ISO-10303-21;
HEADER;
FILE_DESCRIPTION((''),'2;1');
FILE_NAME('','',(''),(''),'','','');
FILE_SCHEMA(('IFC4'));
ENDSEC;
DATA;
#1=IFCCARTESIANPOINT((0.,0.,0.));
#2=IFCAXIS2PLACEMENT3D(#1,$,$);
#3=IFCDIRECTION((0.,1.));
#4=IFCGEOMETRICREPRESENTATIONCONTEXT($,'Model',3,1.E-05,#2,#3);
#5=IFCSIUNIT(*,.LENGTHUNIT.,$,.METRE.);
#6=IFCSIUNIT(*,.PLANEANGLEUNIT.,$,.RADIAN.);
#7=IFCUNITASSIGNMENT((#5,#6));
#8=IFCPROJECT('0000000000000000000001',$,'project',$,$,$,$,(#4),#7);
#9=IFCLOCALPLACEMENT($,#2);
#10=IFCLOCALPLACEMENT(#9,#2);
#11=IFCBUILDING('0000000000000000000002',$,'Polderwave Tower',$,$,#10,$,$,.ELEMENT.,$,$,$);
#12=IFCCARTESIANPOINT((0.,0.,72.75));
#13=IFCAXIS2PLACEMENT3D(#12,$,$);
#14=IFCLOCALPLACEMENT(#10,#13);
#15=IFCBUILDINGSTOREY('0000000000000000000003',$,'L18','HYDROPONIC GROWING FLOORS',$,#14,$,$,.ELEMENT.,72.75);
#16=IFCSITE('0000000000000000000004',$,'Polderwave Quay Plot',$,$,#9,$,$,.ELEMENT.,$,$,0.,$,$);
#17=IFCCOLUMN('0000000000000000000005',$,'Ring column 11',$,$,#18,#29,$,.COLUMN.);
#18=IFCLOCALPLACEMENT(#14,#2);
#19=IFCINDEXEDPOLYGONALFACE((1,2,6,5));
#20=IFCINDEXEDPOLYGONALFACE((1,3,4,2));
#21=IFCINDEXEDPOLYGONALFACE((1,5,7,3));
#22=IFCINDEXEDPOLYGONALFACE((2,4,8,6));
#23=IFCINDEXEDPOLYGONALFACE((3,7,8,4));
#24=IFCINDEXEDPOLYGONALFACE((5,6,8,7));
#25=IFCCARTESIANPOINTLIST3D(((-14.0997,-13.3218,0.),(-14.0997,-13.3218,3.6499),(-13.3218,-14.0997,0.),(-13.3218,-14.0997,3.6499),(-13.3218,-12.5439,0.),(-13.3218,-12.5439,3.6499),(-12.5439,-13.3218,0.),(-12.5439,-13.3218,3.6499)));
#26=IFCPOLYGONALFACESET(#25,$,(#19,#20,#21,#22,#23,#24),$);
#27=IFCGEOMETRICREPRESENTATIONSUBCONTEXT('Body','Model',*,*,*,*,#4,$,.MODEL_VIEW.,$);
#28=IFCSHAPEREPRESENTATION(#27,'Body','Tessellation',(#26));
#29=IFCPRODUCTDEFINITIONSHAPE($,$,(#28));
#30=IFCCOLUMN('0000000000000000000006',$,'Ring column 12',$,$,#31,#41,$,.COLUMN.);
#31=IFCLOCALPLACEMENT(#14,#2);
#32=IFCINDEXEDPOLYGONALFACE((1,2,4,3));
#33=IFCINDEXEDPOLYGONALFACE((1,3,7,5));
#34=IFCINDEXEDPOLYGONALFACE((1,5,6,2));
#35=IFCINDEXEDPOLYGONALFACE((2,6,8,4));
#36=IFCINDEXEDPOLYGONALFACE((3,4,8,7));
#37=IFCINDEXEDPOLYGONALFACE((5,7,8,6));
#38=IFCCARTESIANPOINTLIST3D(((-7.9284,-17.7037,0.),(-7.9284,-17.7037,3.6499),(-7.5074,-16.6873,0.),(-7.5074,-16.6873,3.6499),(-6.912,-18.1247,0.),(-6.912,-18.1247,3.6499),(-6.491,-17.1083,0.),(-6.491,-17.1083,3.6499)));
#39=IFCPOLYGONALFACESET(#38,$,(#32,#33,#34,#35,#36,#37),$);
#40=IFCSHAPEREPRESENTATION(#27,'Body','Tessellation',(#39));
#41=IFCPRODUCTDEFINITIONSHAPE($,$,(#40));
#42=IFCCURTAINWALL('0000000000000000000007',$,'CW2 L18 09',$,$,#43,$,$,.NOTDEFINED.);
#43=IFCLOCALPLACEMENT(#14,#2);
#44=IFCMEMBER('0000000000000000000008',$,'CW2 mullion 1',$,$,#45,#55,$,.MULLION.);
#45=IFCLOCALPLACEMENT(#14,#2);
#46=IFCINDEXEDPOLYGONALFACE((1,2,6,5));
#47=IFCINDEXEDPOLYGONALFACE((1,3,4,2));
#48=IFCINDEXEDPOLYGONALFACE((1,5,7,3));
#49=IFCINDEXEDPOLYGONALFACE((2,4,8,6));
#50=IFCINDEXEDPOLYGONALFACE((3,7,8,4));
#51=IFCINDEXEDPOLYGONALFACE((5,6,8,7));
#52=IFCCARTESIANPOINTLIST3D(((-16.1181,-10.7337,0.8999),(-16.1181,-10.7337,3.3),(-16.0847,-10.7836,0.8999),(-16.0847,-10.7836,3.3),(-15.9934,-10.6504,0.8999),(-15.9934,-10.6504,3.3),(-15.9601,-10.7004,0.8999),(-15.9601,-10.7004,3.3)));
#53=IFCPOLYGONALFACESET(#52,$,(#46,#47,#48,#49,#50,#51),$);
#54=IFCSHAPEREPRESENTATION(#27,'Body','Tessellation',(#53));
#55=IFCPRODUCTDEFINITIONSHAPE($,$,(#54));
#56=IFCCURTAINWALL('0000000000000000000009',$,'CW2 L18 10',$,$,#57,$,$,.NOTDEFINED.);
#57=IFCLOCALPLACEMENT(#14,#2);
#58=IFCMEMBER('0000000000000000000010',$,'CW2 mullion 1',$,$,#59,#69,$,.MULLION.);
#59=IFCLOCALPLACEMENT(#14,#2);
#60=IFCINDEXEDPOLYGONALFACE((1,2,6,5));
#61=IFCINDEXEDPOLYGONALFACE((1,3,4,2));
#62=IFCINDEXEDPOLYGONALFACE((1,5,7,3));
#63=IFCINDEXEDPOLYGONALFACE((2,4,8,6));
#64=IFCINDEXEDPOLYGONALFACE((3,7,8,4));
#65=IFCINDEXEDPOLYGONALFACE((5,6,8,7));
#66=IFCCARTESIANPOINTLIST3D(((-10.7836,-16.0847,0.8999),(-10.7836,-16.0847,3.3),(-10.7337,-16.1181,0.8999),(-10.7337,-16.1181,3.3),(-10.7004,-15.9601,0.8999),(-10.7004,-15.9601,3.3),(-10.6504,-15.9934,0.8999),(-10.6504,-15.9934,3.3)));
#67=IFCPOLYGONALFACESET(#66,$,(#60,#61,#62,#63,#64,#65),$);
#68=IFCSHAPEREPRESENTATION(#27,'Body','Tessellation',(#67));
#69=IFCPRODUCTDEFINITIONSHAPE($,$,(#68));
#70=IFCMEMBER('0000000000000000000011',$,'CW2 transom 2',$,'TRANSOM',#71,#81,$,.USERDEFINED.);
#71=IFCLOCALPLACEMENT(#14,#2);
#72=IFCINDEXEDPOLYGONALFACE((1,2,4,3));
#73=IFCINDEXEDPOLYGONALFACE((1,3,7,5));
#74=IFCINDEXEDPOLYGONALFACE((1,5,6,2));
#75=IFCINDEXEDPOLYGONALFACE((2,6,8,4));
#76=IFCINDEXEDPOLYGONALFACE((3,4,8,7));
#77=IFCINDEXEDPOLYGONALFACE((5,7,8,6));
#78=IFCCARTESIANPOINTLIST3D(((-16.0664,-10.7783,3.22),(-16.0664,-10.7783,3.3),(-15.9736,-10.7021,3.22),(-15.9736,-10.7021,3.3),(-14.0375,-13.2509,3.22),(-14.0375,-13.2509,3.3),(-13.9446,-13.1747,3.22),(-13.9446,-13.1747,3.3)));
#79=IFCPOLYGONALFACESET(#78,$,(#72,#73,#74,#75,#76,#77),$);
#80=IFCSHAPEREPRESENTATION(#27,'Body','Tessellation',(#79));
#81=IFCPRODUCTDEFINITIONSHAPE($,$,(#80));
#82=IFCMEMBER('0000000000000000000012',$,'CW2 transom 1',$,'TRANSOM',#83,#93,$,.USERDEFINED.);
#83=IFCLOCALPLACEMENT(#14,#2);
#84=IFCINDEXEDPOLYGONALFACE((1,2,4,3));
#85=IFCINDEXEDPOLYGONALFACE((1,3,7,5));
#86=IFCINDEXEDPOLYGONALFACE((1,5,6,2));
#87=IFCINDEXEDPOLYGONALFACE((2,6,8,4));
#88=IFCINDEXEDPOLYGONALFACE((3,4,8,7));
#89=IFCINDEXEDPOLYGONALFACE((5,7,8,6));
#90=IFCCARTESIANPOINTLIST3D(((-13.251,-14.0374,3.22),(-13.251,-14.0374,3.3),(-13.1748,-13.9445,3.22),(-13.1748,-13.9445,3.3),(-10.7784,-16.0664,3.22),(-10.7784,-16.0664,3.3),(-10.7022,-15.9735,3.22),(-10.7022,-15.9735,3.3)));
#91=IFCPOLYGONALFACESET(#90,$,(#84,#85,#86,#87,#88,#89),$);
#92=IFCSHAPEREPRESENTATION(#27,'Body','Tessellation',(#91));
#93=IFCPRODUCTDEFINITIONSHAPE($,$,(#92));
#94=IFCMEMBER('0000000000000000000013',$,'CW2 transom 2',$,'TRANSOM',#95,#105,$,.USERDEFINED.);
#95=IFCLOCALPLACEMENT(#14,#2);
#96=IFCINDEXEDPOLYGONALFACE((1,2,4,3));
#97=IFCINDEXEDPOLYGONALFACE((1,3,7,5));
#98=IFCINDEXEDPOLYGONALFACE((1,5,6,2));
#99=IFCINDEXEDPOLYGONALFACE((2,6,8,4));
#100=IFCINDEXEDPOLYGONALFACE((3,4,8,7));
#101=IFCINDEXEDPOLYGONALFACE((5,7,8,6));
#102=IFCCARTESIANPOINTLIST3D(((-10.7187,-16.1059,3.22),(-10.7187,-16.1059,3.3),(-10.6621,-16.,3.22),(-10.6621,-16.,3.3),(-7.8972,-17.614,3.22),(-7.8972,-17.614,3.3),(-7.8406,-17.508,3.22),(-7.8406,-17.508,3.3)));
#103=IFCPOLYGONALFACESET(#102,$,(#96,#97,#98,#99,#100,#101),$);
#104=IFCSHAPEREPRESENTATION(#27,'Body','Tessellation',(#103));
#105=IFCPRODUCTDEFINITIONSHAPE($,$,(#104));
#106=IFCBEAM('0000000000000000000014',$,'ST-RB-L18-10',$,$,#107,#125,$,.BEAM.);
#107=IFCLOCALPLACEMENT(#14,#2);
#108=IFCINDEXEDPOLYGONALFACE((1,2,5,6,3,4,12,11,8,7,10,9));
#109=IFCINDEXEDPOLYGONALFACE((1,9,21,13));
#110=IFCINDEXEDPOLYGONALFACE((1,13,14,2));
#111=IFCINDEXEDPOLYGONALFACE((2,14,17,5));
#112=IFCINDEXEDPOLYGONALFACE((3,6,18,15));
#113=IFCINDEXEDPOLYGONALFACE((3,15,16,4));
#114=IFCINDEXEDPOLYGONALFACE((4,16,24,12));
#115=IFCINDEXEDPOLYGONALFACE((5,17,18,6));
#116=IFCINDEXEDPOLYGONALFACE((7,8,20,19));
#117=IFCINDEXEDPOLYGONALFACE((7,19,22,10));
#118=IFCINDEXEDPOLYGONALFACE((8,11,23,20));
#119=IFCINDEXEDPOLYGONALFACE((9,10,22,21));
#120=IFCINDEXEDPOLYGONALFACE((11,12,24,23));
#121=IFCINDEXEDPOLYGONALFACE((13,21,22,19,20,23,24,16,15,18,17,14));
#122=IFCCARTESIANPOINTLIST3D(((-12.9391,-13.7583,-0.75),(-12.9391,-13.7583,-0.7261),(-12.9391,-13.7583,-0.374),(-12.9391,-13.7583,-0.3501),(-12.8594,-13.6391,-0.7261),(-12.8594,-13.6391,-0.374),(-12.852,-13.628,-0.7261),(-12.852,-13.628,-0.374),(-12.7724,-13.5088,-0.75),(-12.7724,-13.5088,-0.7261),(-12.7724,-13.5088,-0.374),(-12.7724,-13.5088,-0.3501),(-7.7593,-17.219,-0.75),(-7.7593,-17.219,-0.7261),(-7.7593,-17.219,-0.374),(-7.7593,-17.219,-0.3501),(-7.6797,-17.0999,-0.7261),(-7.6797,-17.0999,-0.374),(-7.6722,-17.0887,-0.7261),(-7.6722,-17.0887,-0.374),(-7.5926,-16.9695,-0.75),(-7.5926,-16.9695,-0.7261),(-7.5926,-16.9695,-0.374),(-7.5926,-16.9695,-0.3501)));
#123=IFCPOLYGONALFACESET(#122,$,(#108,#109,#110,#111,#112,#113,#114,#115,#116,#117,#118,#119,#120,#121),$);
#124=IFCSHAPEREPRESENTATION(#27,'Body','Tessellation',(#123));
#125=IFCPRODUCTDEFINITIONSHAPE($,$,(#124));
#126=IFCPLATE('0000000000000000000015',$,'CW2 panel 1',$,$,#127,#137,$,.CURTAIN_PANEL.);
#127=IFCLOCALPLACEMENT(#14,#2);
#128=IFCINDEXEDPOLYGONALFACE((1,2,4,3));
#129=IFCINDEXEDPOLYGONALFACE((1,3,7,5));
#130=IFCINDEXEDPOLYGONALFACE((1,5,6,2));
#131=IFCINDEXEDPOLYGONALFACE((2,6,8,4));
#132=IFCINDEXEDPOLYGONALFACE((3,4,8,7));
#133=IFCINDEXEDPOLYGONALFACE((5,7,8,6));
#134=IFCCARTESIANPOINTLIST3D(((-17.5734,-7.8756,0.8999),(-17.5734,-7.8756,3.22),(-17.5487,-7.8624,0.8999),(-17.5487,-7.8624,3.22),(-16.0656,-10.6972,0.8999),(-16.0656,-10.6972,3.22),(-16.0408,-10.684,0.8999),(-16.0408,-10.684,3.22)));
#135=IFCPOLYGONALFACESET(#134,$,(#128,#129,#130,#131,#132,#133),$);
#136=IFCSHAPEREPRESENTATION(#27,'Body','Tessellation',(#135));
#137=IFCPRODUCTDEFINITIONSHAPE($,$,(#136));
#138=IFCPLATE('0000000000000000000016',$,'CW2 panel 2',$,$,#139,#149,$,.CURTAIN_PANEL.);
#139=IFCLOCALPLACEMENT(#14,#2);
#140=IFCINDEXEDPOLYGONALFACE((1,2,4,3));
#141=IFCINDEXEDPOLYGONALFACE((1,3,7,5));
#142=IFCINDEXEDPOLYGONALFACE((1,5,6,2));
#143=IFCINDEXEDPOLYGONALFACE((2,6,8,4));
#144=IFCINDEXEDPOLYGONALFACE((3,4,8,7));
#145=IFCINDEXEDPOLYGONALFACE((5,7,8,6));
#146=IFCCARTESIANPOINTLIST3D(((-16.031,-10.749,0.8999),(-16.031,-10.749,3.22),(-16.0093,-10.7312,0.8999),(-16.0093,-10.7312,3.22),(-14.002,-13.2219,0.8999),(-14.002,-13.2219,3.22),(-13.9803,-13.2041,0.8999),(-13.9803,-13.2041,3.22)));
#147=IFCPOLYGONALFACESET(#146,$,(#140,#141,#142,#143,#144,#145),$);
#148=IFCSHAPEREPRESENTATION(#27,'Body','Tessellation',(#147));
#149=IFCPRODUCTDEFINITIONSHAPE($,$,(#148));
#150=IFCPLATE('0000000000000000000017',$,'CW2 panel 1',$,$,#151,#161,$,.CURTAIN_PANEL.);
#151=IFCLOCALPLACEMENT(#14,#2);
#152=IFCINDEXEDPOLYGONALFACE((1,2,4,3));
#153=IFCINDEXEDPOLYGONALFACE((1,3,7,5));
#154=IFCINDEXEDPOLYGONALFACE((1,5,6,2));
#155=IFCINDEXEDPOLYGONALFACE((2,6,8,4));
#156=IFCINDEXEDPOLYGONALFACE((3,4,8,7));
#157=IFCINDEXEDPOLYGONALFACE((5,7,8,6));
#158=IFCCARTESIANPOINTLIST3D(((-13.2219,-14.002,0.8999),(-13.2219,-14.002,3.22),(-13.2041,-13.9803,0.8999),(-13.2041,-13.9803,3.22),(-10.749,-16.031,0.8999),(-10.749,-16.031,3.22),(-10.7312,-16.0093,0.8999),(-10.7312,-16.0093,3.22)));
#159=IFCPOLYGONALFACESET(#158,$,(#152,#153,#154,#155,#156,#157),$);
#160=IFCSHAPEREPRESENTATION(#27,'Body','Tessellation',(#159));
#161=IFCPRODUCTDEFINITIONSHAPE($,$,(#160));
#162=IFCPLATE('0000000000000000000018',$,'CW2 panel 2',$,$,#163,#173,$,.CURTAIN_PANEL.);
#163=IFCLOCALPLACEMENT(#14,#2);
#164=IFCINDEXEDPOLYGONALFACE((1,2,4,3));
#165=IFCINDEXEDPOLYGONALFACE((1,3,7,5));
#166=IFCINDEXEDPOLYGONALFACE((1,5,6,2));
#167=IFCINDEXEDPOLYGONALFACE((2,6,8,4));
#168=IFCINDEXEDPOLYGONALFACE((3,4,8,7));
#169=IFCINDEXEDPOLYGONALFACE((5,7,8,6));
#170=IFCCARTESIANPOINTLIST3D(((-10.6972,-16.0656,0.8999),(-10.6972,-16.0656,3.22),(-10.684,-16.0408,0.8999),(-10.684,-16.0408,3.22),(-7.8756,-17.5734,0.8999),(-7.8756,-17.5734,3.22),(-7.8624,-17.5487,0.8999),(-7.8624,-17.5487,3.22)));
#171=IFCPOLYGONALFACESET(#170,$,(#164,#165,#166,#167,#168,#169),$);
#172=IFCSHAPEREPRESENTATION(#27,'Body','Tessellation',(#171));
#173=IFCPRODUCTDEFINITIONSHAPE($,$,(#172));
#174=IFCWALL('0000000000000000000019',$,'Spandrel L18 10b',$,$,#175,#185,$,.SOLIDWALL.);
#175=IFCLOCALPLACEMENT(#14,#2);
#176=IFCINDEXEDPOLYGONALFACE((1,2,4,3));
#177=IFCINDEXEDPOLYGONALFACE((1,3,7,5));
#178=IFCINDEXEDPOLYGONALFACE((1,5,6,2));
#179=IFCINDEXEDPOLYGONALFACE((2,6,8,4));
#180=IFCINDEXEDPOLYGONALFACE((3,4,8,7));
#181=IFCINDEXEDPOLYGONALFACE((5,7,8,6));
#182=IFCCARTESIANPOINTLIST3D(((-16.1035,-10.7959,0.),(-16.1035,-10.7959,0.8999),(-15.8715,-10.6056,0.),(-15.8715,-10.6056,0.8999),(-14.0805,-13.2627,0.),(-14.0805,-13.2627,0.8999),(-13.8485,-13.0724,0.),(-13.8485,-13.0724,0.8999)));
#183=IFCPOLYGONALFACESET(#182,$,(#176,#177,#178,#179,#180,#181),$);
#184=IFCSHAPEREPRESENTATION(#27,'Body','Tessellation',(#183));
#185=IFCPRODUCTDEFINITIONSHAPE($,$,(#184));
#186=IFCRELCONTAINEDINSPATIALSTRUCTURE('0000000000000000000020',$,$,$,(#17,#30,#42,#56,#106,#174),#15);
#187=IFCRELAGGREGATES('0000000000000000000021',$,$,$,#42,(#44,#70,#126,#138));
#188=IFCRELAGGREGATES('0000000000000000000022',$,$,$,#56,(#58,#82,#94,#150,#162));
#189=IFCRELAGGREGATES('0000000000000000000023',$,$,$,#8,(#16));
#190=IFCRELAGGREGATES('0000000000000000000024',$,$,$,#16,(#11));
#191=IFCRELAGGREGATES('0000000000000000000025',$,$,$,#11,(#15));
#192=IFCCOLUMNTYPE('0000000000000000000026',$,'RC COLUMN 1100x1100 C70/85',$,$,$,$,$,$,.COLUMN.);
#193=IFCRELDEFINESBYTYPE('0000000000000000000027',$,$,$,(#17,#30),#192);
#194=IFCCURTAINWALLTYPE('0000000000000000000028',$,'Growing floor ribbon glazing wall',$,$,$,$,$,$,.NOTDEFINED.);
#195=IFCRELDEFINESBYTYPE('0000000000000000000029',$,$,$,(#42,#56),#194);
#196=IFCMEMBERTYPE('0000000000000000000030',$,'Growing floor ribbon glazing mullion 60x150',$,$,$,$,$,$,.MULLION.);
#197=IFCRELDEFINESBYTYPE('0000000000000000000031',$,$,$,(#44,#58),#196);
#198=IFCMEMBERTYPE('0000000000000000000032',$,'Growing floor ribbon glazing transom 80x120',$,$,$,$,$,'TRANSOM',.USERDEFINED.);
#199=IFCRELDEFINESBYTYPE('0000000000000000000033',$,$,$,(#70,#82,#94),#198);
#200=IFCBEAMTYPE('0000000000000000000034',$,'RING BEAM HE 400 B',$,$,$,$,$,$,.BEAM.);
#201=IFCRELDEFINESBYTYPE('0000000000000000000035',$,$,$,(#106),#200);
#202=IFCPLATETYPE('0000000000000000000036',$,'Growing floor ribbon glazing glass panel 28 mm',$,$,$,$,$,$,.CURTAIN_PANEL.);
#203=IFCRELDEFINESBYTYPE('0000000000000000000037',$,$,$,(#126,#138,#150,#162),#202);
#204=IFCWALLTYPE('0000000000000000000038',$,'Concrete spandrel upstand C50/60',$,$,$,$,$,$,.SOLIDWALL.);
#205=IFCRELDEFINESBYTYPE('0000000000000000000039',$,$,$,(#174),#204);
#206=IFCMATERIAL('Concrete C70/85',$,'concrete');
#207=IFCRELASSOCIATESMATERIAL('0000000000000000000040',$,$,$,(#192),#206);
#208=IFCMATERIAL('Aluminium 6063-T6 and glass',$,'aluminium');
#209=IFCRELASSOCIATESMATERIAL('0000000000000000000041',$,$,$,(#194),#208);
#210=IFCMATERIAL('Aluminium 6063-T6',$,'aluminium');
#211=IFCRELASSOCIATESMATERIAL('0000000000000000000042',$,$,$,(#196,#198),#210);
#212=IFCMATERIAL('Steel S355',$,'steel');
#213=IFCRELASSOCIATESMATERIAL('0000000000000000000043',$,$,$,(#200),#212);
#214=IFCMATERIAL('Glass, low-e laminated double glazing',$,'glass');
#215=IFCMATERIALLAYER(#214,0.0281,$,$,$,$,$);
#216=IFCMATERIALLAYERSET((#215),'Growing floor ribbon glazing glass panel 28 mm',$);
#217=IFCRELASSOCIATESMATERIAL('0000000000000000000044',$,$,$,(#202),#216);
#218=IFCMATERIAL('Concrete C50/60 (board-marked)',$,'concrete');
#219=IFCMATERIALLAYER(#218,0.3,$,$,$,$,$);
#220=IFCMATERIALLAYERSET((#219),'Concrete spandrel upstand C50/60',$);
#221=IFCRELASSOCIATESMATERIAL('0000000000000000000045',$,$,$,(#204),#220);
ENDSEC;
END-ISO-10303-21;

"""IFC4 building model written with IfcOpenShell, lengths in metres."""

from ifc_helpers import new_model, si_unit, direction, frame, frame_2d, origin, origin_2d, place, context, subcontext, project, spatial, rectangle, i_section, extrude, material, layer, layer_set, material_profile, profile_set, type_object, element, aggregate, save


model = new_model("IFC4")

# Units and contexts
model_context = context("Model", 3, precision=1e-05, world=origin(), true_north=direction((0.0, 1.0)))
body_context = subcontext(model_context, "Body", "Model", "MODEL_VIEW")
ifc_project = project(units=[si_unit("LENGTHUNIT", "METRE"), si_unit("PLANEANGLEUNIT", "RADIAN")], contexts=[model_context])

# Site, building, storey
site_placement = place(None, origin())
site = spatial("IfcSite", under=ifc_project, at=site_placement, Name="Polderwave Quay Plot", CompositionType="ELEMENT", RefElevation=0.0)
building_placement = place(site_placement, origin())
building = spatial("IfcBuilding", under=site, at=building_placement, Name="Polderwave Tower", CompositionType="ELEMENT")
storey_placement = place(building_placement, frame((0.0, 0.0, 72.75)))
storey = spatial("IfcBuildingStorey", under=building, at=storey_placement, Name="L18", Description="HYDROPONIC GROWING FLOORS", CompositionType="ELEMENT", Elevation=72.75)

# Columns
ifc_material_1 = material(Name="Concrete C70/85", Category="concrete")
ifc_material_profile_1 = material_profile(ifc_material_1, rectangle(XDim=1.1001, YDim=1.1001, at=origin_2d()), Name="RC 1100x1100")
ifc_profile_set_1 = profile_set([ifc_material_profile_1], Name="Concrete C70/85")
column_type = type_object("IfcColumnType", Name="RC COLUMN 1100x1100 C70/85", PredefinedType="COLUMN", material=ifc_profile_set_1)
for number, where, z_axis, x_axis, name in (
    (1, (-13.3218, -13.3218, 0.0), (0.0, 0.0, 1.0), (-0.707107, -0.707107, 0.0), "Ring column 11"),
    (2, (-7.2097, -17.406, 0.0), (0.0, 0.0, 1.0), (-0.382683, -0.92388, 0.0), "Ring column 12"),
):
    element("IfcColumn", number, at=place(storey_placement, frame(where, z_axis=z_axis, x_axis=x_axis)), inside=storey, type_object=column_type, Name=name, PredefinedType="COLUMN", context=body_context, shape_type="SweptSolid", body=[
        extrude(rectangle(XDim=1.1001, YDim=1.1001, at=origin_2d()), origin(), (0.0, 0.0, 1.0), 3.6499),
    ])

# Curtain walls, members
ifc_material_2 = material(Name="Aluminium 6063-T6 and glass", Category="aluminium")
curtain_wall_type = type_object("IfcCurtainWallType", Name="Growing floor ribbon glazing wall", PredefinedType="NOTDEFINED", material=ifc_material_2)
curtain_wall_1_placement = place(storey_placement, origin())
curtain_wall_1 = element("IfcCurtainWall", 3, at=curtain_wall_1_placement, inside=storey, type_object=curtain_wall_type, Name="CW2 L18 09", PredefinedType="NOTDEFINED")
ifc_material_3 = material(Name="Aluminium 6063-T6", Category="aluminium")
ifc_material_profile_2 = material_profile(ifc_material_3, rectangle(XDim=0.1499, YDim=0.0601, at=origin_2d()), Name="AL 60x150")
ifc_profile_set_2 = profile_set([ifc_material_profile_2], Name="Aluminium 6063-T6")
member_type_1 = type_object("IfcMemberType", Name="Growing floor ribbon glazing mullion 60x150", PredefinedType="MULLION", material=ifc_profile_set_2)
member_1_placement = place(storey_placement, frame((-16.0391, -10.717, 0.8999), z_axis=(0.0, 0.0, 1.0), x_axis=(0.831519, 0.555496, 0.0)))
member_1 = element("IfcMember", 4, at=member_1_placement, type_object=member_type_1, Name="CW2 mullion 1", PredefinedType="MULLION", context=body_context, shape_type="SweptSolid", body=[
    extrude(rectangle(XDim=0.1499, YDim=0.0601, at=origin_2d()), origin(), (0.0, 0.0, 1.0), 2.4001),
])
curtain_wall_2_placement = place(storey_placement, origin())
curtain_wall_2 = element("IfcCurtainWall", 5, at=curtain_wall_2_placement, inside=storey, type_object=curtain_wall_type, Name="CW2 L18 10", PredefinedType="NOTDEFINED")
member_2_placement = place(storey_placement, frame((-10.717, -16.0391, 0.8999), z_axis=(0.0, 0.0, 1.0), x_axis=(0.555496, 0.831519, 0.0)))
member_2 = element("IfcMember", 6, at=member_2_placement, type_object=member_type_1, Name="CW2 mullion 1", PredefinedType="MULLION", context=body_context, shape_type="SweptSolid", body=[
    extrude(rectangle(XDim=0.1499, YDim=0.0601, at=origin_2d()), origin(), (0.0, 0.0, 1.0), 2.4001),
])

# Members
ifc_material_profile_3 = material_profile(ifc_material_3, rectangle(XDim=0.1201, YDim=0.0801, at=origin_2d()), Name="AL 80x120")
ifc_profile_set_3 = profile_set([ifc_material_profile_3], Name="Aluminium 6063-T6")
member_type_2 = type_object("IfcMemberType", Name="Growing floor ribbon glazing transom 80x120", ElementType="TRANSOM", PredefinedType="USERDEFINED", material=ifc_profile_set_3)
member_3_placement = place(storey_placement, frame((-16.02, -10.7402, 3.26), z_axis=(0.634355, -0.773042, 0.0), x_axis=(0.773042, 0.634355, 0.0)))
member_3 = element("IfcMember", 7, at=member_3_placement, type_object=member_type_2, Name="CW2 transom 2", ObjectType="TRANSOM", PredefinedType="USERDEFINED", context=body_context, shape_type="SweptSolid", body=[
    extrude(rectangle(XDim=0.1201, YDim=0.0801, at=origin_2d()), origin(), (0.0, 0.0, 1.0), 3.1985),
])
member_4_placement = place(storey_placement, frame((-13.2129, -13.991, 3.26), z_axis=(0.773042, -0.634355, 0.0), x_axis=(0.634355, 0.773042, 0.0)))
member_4 = element("IfcMember", 8, at=member_4_placement, type_object=member_type_2, Name="CW2 transom 1", ObjectType="TRANSOM", PredefinedType="USERDEFINED", context=body_context, shape_type="SweptSolid", body=[
    extrude(rectangle(XDim=0.1201, YDim=0.0801, at=origin_2d()), origin(), (0.0, 0.0, 1.0), 3.1985),
])
member_5_placement = place(storey_placement, frame((-10.6904, -16.053, 3.26), z_axis=(0.881932, -0.471376, 0.0), x_axis=(0.471376, 0.881932, 0.0)))
member_5 = element("IfcMember", 9, at=member_5_placement, type_object=member_type_2, Name="CW2 transom 2", ObjectType="TRANSOM", PredefinedType="USERDEFINED", context=body_context, shape_type="SweptSolid", body=[
    extrude(rectangle(XDim=0.1201, YDim=0.0801, at=origin_2d()), origin(), (0.0, 0.0, 1.0), 3.1992),
])

# Beam
ifc_material_4 = material(Name="Steel S355", Category="steel")
ifc_material_profile_4 = material_profile(ifc_material_4, i_section(OverallWidth=0.3, OverallDepth=0.3999, WebThickness=0.0134, FlangeThickness=0.0239, at=origin_2d()), Name="HE 400 B")
ifc_profile_set_4 = profile_set([ifc_material_profile_4], Name="Steel S355")
beam_type = type_object("IfcBeamType", Name="RING BEAM HE 400 B", PredefinedType="BEAM", material=ifc_profile_set_4)
beam_placement = place(storey_placement, frame((-12.8557, -13.6335, -0.55), z_axis=(0.831489, -0.555541, 0.0), x_axis=(0.555541, 0.831489, 0.0)))
element("IfcBeam", 10, at=beam_placement, inside=storey, type_object=beam_type, Name="ST-RB-L18-10", PredefinedType="BEAM", context=body_context, shape_type="SweptSolid", body=[
    extrude(i_section(OverallWidth=0.3, OverallDepth=0.3999, WebThickness=0.0134, FlangeThickness=0.0239, at=origin_2d()), origin(), (0.0, 0.0, 1.0), 6.2295),
])

# Plates
ifc_material_5 = material(Name="Glass, low-e laminated double glazing", Category="glass")
ifc_layer_1 = layer(ifc_material_5, 0.0281)
ifc_layer_set_1 = layer_set([ifc_layer_1], Name="Growing floor ribbon glazing glass panel 28 mm")
plate_type = type_object("IfcPlateType", Name="Growing floor ribbon glazing glass panel 28 mm", PredefinedType="CURTAIN_PANEL", material=ifc_layer_set_1)
plate_1_placement = place(storey_placement, frame((-16.8071, -9.2798, 0.8999), z_axis=(0.0, 0.0, 1.0), x_axis=(0.471327, -0.881958, 0.0)))
plate_1 = element("IfcPlate", 11, at=plate_1_placement, type_object=plate_type, Name="CW2 panel 1", PredefinedType="CURTAIN_PANEL", context=body_context, shape_type="SweptSolid", body=[
    extrude(rectangle(XDim=3.1992, YDim=0.0281, at=origin_2d()), origin(), (0.0, 0.0, 1.0), 2.3201),
])
plate_2_placement = place(storey_placement, frame((-15.0056, -11.9766, 0.8999), z_axis=(0.0, 0.0, 1.0), x_axis=(0.634316, -0.773074, 0.0)))
plate_2 = element("IfcPlate", 12, at=plate_2_placement, type_object=plate_type, Name="CW2 panel 2", PredefinedType="CURTAIN_PANEL", context=body_context, shape_type="SweptSolid", body=[
    extrude(rectangle(XDim=3.1987, YDim=0.0281, at=origin_2d()), origin(), (0.0, 0.0, 1.0), 2.3201),
])
aggregate(curtain_wall_1, [member_1, member_3, plate_1, plate_2])
plate_3_placement = place(storey_placement, frame((-11.9766, -15.0056, 0.8999), z_axis=(0.0, 0.0, 1.0), x_axis=(0.773074, -0.634316, 0.0)))
plate_3 = element("IfcPlate", 13, at=plate_3_placement, type_object=plate_type, Name="CW2 panel 1", PredefinedType="CURTAIN_PANEL", context=body_context, shape_type="SweptSolid", body=[
    extrude(rectangle(XDim=3.1987, YDim=0.0281, at=origin_2d()), origin(), (0.0, 0.0, 1.0), 2.3201),
])
plate_4_placement = place(storey_placement, frame((-9.2798, -16.8071, 0.8999), z_axis=(0.0, 0.0, 1.0), x_axis=(0.881958, -0.471327, 0.0)))
plate_4 = element("IfcPlate", 14, at=plate_4_placement, type_object=plate_type, Name="CW2 panel 2", PredefinedType="CURTAIN_PANEL", context=body_context, shape_type="SweptSolid", body=[
    extrude(rectangle(XDim=3.1992, YDim=0.0281, at=origin_2d()), origin(), (0.0, 0.0, 1.0), 2.3201),
])
aggregate(curtain_wall_2, [member_2, member_4, member_5, plate_3, plate_4])

# Wall
ifc_material_6 = material(Name="Concrete C50/60 (board-marked)", Category="concrete")
ifc_layer_2 = layer(ifc_material_6, 0.3)
ifc_layer_set_2 = layer_set([ifc_layer_2], Name="Concrete spandrel upstand C50/60")
wall_type_1 = type_object("IfcWallType", Name="Concrete spandrel upstand C50/60", PredefinedType="SOLIDWALL", material=ifc_layer_set_2)
for number, where, z_axis, x_axis, name in (
    (15, (-15.9875, -10.7007, 0.0), (0.0, 0.0, 1.0), (0.634113, -0.773241, 0.0), "Spandrel L18 10b"),
):
    element("IfcWall", number, at=place(storey_placement, frame(where, z_axis=z_axis, x_axis=x_axis)), inside=storey, type_object=wall_type_1, Name=name, PredefinedType="SOLIDWALL", context=body_context, shape_type="SweptSolid", body=[
        extrude(rectangle(XDim=3.1902, YDim=0.3, at=frame_2d((1.5952, 0.0))), origin(), (0.0, 0.0, 1.0), 0.8999),
    ])

save(model, "model.ifc")
